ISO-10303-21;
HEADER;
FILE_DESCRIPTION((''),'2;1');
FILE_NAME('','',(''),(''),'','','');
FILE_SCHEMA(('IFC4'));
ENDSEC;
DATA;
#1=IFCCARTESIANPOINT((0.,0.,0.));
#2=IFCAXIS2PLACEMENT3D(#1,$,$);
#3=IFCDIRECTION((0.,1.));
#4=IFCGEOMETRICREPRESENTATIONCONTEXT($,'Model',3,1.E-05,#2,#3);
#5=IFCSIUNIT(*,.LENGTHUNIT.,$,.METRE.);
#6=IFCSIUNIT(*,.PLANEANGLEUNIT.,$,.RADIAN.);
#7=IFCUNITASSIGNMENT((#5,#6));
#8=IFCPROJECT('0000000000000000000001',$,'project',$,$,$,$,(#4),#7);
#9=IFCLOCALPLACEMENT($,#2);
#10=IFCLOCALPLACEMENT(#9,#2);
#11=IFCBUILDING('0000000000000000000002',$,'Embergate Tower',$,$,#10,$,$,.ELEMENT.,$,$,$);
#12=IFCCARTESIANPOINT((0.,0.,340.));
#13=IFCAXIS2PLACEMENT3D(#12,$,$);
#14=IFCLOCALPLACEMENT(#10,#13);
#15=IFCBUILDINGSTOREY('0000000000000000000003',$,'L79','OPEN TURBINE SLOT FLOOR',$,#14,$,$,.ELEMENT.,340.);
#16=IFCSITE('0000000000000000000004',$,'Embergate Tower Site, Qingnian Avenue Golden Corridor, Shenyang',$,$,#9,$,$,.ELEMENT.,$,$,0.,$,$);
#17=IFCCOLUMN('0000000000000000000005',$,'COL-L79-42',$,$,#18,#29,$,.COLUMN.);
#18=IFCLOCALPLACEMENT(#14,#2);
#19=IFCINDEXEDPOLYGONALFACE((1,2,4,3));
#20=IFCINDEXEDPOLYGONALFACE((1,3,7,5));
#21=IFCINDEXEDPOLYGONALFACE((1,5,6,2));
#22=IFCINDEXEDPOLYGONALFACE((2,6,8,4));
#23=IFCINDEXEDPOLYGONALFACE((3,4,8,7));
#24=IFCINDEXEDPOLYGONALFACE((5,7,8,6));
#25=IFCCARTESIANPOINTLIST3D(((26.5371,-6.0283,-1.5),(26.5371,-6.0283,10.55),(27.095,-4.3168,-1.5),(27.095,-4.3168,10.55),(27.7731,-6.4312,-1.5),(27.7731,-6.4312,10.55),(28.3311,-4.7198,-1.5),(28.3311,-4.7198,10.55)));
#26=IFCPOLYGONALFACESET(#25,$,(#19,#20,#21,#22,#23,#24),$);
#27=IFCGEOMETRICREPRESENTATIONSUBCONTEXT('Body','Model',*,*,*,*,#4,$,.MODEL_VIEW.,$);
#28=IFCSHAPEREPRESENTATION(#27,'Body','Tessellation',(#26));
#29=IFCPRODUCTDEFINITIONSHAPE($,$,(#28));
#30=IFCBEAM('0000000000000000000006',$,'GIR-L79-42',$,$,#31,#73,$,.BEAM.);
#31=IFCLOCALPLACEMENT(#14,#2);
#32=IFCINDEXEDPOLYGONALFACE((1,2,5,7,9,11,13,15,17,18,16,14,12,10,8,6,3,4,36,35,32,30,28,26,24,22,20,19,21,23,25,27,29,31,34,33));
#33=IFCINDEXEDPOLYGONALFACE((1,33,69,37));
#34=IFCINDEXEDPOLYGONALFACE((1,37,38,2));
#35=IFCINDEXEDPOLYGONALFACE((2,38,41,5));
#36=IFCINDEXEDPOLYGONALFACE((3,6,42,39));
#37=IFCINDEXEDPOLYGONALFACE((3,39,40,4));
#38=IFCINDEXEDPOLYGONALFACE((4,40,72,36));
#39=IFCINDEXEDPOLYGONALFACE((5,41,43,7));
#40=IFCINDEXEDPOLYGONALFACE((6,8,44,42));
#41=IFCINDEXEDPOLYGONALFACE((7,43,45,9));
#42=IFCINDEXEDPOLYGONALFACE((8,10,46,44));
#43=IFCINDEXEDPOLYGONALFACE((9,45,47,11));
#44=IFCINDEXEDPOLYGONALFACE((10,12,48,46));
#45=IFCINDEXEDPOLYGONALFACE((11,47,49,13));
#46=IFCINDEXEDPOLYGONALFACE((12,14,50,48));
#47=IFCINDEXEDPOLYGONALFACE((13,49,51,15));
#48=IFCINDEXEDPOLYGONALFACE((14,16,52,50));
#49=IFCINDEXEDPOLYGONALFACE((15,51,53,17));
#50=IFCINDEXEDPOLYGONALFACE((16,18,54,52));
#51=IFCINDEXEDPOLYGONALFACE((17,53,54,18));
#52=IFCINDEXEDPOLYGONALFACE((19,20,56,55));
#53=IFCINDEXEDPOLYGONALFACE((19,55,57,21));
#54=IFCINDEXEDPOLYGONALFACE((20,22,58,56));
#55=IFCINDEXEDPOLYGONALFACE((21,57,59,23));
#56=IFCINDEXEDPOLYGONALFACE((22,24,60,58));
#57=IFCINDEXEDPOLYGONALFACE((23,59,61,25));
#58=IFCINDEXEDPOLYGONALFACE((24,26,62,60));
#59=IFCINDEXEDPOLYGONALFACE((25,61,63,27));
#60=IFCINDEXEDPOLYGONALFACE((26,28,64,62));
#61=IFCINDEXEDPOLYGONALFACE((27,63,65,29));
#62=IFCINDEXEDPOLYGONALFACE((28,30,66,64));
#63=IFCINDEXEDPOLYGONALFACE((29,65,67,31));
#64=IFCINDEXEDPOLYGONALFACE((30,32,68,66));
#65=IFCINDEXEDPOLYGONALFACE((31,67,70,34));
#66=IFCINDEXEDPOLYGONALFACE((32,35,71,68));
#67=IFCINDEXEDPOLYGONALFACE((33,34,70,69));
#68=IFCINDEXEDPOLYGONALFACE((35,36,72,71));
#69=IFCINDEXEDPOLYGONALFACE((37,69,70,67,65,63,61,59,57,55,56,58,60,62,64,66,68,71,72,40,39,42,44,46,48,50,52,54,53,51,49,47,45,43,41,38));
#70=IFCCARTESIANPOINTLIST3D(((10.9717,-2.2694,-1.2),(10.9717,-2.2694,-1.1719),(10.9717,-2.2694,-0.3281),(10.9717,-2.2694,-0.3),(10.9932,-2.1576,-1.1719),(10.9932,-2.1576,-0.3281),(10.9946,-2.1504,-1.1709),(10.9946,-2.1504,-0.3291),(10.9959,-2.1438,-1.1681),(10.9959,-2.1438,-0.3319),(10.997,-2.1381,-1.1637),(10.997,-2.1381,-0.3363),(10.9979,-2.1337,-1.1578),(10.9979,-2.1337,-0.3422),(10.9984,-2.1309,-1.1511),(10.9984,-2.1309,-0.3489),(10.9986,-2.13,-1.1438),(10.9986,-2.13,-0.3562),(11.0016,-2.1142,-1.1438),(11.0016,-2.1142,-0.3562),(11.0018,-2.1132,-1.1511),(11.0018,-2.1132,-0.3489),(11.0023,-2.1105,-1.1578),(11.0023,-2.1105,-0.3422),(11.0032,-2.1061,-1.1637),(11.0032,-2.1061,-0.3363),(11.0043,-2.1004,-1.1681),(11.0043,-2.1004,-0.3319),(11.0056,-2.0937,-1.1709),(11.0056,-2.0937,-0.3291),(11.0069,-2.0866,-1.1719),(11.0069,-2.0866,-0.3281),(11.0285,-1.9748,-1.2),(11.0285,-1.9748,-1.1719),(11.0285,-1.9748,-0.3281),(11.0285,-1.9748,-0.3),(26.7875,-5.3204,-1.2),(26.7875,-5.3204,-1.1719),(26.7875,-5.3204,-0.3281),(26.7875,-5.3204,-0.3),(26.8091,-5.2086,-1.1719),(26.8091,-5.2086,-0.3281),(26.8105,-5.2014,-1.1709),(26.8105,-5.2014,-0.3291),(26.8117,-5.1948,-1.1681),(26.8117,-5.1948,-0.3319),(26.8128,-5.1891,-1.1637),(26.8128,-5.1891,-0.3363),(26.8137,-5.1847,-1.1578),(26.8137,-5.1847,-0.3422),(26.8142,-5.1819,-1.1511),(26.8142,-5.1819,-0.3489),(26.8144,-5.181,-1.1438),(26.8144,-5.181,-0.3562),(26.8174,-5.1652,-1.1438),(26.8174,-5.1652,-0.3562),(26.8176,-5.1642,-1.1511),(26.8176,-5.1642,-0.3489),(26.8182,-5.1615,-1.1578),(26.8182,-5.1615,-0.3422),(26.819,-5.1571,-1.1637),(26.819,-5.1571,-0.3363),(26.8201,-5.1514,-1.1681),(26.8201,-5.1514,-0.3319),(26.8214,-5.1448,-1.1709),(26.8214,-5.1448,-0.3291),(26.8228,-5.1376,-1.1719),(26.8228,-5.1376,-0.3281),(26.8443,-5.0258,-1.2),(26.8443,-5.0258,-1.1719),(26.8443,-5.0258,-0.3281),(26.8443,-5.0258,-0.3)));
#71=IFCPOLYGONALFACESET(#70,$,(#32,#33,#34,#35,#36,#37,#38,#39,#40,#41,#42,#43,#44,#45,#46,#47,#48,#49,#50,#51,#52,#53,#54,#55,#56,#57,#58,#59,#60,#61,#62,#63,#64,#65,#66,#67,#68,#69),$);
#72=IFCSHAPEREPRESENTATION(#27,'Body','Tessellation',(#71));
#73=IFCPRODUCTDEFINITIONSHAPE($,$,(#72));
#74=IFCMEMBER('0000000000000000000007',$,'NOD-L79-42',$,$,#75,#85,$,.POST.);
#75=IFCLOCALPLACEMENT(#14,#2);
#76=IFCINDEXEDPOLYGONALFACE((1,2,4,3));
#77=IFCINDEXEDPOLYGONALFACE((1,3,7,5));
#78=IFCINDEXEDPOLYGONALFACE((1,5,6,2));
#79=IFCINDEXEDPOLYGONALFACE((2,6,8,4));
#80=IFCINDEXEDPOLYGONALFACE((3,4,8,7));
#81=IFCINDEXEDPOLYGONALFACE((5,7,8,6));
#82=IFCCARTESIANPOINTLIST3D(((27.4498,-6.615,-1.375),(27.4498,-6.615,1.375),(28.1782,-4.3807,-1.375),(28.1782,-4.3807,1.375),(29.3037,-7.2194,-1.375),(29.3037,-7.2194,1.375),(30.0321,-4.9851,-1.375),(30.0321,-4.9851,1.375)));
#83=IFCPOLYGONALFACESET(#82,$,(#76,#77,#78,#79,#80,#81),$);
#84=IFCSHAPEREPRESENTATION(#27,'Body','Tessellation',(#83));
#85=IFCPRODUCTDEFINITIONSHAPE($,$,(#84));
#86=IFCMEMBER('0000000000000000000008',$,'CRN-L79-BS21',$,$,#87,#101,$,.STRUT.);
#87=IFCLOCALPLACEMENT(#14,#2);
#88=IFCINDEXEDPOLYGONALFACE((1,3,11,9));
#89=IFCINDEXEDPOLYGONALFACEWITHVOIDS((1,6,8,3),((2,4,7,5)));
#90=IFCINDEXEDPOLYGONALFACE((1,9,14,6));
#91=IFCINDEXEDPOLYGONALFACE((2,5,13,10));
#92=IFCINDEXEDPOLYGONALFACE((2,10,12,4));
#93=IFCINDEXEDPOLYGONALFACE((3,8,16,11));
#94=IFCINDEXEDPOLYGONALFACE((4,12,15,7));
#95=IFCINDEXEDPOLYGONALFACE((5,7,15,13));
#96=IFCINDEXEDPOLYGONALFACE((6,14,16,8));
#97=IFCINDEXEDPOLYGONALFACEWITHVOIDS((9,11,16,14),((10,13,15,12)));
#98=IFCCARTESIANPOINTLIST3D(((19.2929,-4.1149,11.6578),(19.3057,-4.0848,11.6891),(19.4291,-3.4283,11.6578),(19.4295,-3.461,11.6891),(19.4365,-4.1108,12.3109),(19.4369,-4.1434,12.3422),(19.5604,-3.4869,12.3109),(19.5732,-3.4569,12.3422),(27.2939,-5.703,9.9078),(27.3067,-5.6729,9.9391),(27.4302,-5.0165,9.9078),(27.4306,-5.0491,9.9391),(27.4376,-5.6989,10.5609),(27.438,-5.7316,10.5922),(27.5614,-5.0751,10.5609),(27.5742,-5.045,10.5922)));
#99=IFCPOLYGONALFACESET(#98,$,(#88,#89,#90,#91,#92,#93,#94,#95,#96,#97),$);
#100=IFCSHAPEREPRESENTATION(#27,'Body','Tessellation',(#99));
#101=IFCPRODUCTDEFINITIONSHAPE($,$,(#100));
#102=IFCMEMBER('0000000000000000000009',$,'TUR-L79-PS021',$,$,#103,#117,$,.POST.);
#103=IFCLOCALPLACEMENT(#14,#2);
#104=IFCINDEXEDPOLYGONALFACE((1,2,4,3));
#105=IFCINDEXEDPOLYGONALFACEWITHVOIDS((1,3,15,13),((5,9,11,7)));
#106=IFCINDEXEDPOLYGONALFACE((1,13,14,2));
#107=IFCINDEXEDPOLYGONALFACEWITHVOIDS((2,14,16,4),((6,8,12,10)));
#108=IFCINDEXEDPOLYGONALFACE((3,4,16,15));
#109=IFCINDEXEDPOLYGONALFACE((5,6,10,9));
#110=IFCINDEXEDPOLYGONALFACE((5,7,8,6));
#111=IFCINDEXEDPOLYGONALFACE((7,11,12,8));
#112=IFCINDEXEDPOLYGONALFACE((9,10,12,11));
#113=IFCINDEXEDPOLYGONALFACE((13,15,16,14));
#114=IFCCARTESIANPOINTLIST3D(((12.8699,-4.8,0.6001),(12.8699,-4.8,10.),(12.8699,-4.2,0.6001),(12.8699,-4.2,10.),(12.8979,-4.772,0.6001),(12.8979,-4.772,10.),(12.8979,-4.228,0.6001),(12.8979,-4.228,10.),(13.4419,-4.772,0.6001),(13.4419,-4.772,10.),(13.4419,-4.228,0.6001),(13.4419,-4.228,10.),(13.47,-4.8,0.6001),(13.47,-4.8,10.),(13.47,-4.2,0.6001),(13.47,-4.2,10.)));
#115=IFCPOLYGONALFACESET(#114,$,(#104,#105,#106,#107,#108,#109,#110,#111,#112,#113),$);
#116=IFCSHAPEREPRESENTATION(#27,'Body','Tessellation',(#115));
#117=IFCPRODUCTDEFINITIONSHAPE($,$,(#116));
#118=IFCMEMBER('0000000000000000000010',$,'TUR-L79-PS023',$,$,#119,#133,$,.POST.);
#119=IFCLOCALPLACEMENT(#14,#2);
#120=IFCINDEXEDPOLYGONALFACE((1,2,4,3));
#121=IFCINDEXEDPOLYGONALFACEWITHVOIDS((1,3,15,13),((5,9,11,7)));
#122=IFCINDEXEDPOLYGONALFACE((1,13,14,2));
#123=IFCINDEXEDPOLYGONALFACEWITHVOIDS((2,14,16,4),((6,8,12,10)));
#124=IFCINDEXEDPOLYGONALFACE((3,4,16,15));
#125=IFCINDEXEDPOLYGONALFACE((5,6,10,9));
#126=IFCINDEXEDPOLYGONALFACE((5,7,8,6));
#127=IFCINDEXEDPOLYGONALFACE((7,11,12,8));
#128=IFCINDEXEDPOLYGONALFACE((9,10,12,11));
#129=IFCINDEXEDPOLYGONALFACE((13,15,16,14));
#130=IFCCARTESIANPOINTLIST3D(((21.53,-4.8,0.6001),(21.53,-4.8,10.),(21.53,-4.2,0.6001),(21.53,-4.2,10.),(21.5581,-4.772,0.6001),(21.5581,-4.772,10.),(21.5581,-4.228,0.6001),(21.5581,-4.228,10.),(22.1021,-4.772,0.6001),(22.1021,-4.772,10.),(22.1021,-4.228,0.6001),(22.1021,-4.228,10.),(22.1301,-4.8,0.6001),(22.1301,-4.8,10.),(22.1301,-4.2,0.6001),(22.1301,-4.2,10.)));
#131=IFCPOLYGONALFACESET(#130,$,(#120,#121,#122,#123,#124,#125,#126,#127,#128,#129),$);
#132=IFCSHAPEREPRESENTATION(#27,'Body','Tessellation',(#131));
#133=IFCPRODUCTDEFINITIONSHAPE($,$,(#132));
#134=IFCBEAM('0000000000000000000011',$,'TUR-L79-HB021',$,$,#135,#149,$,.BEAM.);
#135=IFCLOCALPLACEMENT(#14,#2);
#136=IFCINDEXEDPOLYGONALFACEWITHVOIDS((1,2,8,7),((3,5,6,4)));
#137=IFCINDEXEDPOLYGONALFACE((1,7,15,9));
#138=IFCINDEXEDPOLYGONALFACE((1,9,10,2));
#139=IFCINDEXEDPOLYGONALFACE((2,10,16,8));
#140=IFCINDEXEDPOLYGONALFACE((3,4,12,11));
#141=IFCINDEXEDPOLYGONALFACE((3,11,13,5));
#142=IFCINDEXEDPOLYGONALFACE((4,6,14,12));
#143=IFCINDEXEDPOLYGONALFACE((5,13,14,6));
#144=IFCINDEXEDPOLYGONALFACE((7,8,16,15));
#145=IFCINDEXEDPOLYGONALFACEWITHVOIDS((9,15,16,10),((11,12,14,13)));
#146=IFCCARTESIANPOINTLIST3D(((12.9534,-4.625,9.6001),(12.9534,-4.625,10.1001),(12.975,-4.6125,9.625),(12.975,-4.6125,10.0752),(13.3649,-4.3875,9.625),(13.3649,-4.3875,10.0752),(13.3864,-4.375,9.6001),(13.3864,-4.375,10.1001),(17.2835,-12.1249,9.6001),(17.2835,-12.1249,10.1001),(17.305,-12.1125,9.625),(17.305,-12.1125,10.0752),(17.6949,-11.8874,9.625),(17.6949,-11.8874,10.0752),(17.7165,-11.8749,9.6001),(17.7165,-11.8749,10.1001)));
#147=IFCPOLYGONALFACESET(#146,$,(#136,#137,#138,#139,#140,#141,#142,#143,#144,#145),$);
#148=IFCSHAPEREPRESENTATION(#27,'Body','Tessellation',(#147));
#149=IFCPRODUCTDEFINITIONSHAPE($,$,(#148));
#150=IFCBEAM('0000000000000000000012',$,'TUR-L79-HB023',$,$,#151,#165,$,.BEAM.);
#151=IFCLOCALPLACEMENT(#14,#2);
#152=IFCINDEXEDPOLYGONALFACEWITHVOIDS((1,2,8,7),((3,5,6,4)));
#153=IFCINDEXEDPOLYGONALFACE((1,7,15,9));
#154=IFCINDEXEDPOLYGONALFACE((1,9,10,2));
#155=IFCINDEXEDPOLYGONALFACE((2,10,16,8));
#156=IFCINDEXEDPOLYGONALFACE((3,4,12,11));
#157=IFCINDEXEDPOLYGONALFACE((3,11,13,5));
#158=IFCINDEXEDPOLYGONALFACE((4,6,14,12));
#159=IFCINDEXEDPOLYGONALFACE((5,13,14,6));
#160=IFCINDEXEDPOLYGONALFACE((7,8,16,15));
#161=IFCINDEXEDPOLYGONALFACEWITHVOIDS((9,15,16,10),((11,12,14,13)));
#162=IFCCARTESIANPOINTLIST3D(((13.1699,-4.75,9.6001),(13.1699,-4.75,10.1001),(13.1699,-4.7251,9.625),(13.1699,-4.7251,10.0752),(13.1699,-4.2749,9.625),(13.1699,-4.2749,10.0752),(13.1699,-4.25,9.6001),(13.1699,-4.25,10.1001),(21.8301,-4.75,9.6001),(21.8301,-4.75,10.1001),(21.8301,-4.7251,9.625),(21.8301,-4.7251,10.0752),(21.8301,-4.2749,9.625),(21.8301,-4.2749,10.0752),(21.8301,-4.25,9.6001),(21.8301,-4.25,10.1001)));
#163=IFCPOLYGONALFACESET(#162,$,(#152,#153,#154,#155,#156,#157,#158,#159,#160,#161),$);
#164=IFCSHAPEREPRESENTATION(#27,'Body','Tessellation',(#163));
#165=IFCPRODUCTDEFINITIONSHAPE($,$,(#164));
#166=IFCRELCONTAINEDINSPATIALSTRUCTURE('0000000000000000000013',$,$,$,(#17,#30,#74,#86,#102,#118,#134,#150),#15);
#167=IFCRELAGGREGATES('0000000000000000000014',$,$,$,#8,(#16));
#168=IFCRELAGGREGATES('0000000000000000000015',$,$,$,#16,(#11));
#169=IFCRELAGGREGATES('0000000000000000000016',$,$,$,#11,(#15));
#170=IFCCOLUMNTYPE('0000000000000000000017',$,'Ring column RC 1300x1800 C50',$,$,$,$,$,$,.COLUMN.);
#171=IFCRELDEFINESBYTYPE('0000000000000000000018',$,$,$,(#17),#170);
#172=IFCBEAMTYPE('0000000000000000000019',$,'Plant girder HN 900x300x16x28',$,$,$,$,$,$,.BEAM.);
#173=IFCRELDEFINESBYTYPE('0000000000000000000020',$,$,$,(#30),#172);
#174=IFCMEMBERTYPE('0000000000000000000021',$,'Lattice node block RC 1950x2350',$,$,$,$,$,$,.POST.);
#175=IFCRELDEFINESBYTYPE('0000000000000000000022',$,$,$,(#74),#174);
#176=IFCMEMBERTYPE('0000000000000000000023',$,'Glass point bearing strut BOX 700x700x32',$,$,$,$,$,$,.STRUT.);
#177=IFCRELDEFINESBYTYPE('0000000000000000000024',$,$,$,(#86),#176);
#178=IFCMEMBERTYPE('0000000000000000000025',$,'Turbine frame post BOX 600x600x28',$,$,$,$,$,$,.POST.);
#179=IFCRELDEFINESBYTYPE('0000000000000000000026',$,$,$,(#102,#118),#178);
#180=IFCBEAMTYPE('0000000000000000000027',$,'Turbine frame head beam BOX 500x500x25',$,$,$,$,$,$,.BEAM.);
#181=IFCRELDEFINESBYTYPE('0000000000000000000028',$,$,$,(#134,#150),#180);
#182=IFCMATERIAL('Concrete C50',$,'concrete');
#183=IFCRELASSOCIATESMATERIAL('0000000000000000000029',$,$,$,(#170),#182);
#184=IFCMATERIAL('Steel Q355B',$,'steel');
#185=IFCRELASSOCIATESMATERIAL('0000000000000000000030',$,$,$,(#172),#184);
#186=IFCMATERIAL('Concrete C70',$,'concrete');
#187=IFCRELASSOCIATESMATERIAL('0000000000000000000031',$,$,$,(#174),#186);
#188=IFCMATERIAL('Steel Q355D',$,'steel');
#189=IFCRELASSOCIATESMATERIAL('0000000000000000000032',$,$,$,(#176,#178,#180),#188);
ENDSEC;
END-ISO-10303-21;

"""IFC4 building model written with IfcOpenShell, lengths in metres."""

from ifc_helpers import new_model, si_unit, direction, frame, origin, origin_2d, place, context, subcontext, project, spatial, rectangle, hollow_rectangle, i_section, extrude, source, transform, mapped, material, material_profile, profile_set, type_object, element, save


model = new_model("IFC4")

# Units and contexts
model_context = context("Model", 3, precision=1e-05, world=origin(), true_north=direction((0.0, 1.0)))
body_context = subcontext(model_context, "Body", "Model", "MODEL_VIEW")
ifc_project = project(units=[si_unit("LENGTHUNIT", "METRE"), si_unit("PLANEANGLEUNIT", "RADIAN")], contexts=[model_context])

# Site, building, storey
site_placement = place(None, origin())
site = spatial("IfcSite", under=ifc_project, at=site_placement, Name="Embergate Tower Site, Qingnian Avenue Golden Corridor, Shenyang", CompositionType="ELEMENT", RefElevation=0.0)
building_placement = place(site_placement, origin())
building = spatial("IfcBuilding", under=site, at=building_placement, Name="Embergate Tower", CompositionType="ELEMENT")
storey_placement = place(building_placement, frame((0.0, 0.0, 340.0)))
storey = spatial("IfcBuildingStorey", under=building, at=storey_placement, Name="L79", Description="OPEN TURBINE SLOT FLOOR", CompositionType="ELEMENT", Elevation=340.0)

# Column
ifc_material_1 = material(Name="Concrete C50", Category="concrete")
ifc_material_profile_1 = material_profile(ifc_material_1, rectangle(XDim=1.3, YDim=1.8, at=origin_2d()), Name="RC 1300x1800")
ifc_profile_set_1 = profile_set([ifc_material_profile_1], Name="Concrete C50")
column_type = type_object("IfcColumnType", Name="Ring column RC 1300x1800 C50", PredefinedType="COLUMN", material=ifc_profile_set_1)
shared_shape_1 = source(origin(), body_context, "Body", "SweptSolid", [
    extrude(rectangle(XDim=1.3, YDim=1.8, at=origin_2d()), origin(), (0.0, 0.0, 1.0), 12.05),
])
column_placement = place(storey_placement, frame((27.4341, -5.374, -1.5), z_axis=(0.0, 0.0, 1.0), x_axis=(0.950754, -0.309946, 0.0)))
element("IfcColumn", 1, at=column_placement, inside=storey, type_object=column_type, Name="COL-L79-42", PredefinedType="COLUMN", context=body_context, shape_type="MappedRepresentation", body=[
    mapped(shared_shape_1, transform((0.0, 0.0, 0.0))),
])

# Beam
ifc_material_2 = material(Name="Steel Q355B", Category="steel")
ifc_material_profile_2 = material_profile(ifc_material_2, i_section(OverallWidth=0.3, OverallDepth=0.8999, WebThickness=0.0161, FlangeThickness=0.0281, FilletRadius=0.0281, at=origin_2d()), Name="HN 900x300x16x28")
ifc_profile_set_2 = profile_set([ifc_material_profile_2], Name="Steel Q355 grade B")
beam_type_1 = type_object("IfcBeamType", Name="Plant girder HN 900x300x16x28", PredefinedType="BEAM", material=ifc_profile_set_2)
shared_shape_2 = source(origin(), body_context, "Body", "SweptSolid", [
    extrude(i_section(OverallWidth=0.3, OverallDepth=0.8999, WebThickness=0.0161, FlangeThickness=0.0281, FilletRadius=0.0281, at=origin_2d()), origin(), (0.0, 0.0, 1.0), 16.1074),
])
beam_placement = place(storey_placement, frame((26.8159, -5.1731, -0.75), z_axis=(-0.981897, 0.189416, 0.0), x_axis=(-0.189416, -0.981897, 0.0)))
element("IfcBeam", 2, at=beam_placement, inside=storey, type_object=beam_type_1, Name="GIR-L79-42", PredefinedType="BEAM", context=body_context, shape_type="MappedRepresentation", body=[
    mapped(shared_shape_2, transform((0.0, 0.0, 0.0))),
])

# Members
ifc_material_3 = material(Name="Concrete C70", Category="concrete")
ifc_material_profile_3 = material_profile(ifc_material_3, rectangle(XDim=1.95, YDim=2.3501, at=origin_2d()), Name="RC 1950x2350")
ifc_profile_set_3 = profile_set([ifc_material_profile_3], Name="Concrete C70")
member_type_1 = type_object("IfcMemberType", Name="Lattice node block RC 1950x2350", PredefinedType="POST", material=ifc_profile_set_3)
shared_shape_3 = source(origin(), body_context, "Body", "SweptSolid", [
    extrude(rectangle(XDim=1.95, YDim=2.3501, at=origin_2d()), origin(), (0.0, 0.0, 1.0), 2.75),
])
member_1_placement = place(storey_placement, frame((28.741, -5.8, -1.375), z_axis=(0.0, 0.0, 1.0), x_axis=(0.950754, -0.309946, 0.0)))
element("IfcMember", 3, at=member_1_placement, inside=storey, type_object=member_type_1, Name="NOD-L79-42", PredefinedType="POST", context=body_context, shape_type="MappedRepresentation", body=[
    mapped(shared_shape_3, transform((0.0, 0.0, 0.0))),
])
ifc_material_4 = material(Name="Steel Q355D", Category="steel")
ifc_material_profile_4 = material_profile(ifc_material_4, hollow_rectangle(XDim=0.7, YDim=0.7, WallThickness=0.032, at=origin_2d()), Name="BOX 700x700x32")
ifc_profile_set_4 = profile_set([ifc_material_profile_4], Name="Steel Q355 grade D")
member_type_2 = type_object("IfcMemberType", Name="Glass point bearing strut BOX 700x700x32", PredefinedType="STRUT", material=ifc_profile_set_4)
shared_shape_4 = source(origin(), body_context, "Body", "SweptSolid", [
    extrude(hollow_rectangle(XDim=0.7, YDim=0.7, WallThickness=0.032, at=origin_2d()), origin(), (0.0, 0.0, 1.0), 8.3428),
])
member_2_placement = place(storey_placement, frame((27.4341, -5.374, 10.25), z_axis=(-0.959042, 0.190363, 0.209765), x_axis=(-0.194694, -0.980864, 0.0)))
element("IfcMember", 4, at=member_2_placement, inside=storey, type_object=member_type_2, Name="CRN-L79-BS21", PredefinedType="STRUT", context=body_context, shape_type="MappedRepresentation", body=[
    mapped(shared_shape_4, transform((0.0, 0.0, 0.0))),
])
ifc_material_profile_5 = material_profile(ifc_material_4, hollow_rectangle(XDim=0.6001, YDim=0.6001, WallThickness=0.0281, at=origin_2d()), Name="BOX 600x600x28")
ifc_profile_set_5 = profile_set([ifc_material_profile_5], Name="Steel Q355 grade D")
member_type_3 = type_object("IfcMemberType", Name="Turbine frame post BOX 600x600x28", PredefinedType="POST", material=ifc_profile_set_5)
shared_shape_5 = source(origin(), body_context, "Body", "SweptSolid", [
    extrude(hollow_rectangle(XDim=0.6001, YDim=0.6001, WallThickness=0.0281, at=origin_2d()), origin(), (0.0, 0.0, 1.0), 9.3999),
])
for number, where, z_axis, x_axis, name in (
    (5, (13.1699, -4.5, 0.6001), (0.0, 0.0, 1.0), (1.0, 0.0, 0.0), "TUR-L79-PS021"),
    (6, (21.8301, -4.5, 0.6001), (0.0, 0.0, 1.0), (1.0, 0.0, 0.0), "TUR-L79-PS023"),
):
    element("IfcMember", number, at=place(storey_placement, frame(where, z_axis=z_axis, x_axis=x_axis)), inside=storey, type_object=member_type_3, Name=name, PredefinedType="POST", context=body_context, shape_type="MappedRepresentation", body=[
        mapped(shared_shape_5, transform((0.0, 0.0, 0.0))),
    ])

# Beams
ifc_material_profile_6 = material_profile(ifc_material_4, hollow_rectangle(XDim=0.5, YDim=0.5, WallThickness=0.0249, at=origin_2d()), Name="BOX 500x500x25")
ifc_profile_set_6 = profile_set([ifc_material_profile_6], Name="Steel Q355 grade D")
beam_type_2 = type_object("IfcBeamType", Name="Turbine frame head beam BOX 500x500x25", PredefinedType="BEAM", material=ifc_profile_set_6)
shared_shape_6 = source(origin(), body_context, "Body", "SweptSolid", [
    extrude(hollow_rectangle(XDim=0.5, YDim=0.5, WallThickness=0.0249, at=origin_2d()), origin(), (0.0, 0.0, 1.0), 8.6602),
])
for number, where, z_axis, x_axis, name in (
    (7, (13.1699, -4.5, 9.8501), (0.499996, -0.866028, 0.0), (0.866028, 0.499996, 0.0), "TUR-L79-HB021"),
    (8, (21.8301, -4.5, 9.8501), (-1.0, 0.0, 0.0), (0.0, -1.0, 0.0), "TUR-L79-HB023"),
):
    element("IfcBeam", number, at=place(storey_placement, frame(where, z_axis=z_axis, x_axis=x_axis)), inside=storey, type_object=beam_type_2, Name=name, PredefinedType="BEAM", context=body_context, shape_type="MappedRepresentation", body=[
        mapped(shared_shape_6, transform((0.0, 0.0, 0.0))),
    ])

save(model, "model.ifc")
